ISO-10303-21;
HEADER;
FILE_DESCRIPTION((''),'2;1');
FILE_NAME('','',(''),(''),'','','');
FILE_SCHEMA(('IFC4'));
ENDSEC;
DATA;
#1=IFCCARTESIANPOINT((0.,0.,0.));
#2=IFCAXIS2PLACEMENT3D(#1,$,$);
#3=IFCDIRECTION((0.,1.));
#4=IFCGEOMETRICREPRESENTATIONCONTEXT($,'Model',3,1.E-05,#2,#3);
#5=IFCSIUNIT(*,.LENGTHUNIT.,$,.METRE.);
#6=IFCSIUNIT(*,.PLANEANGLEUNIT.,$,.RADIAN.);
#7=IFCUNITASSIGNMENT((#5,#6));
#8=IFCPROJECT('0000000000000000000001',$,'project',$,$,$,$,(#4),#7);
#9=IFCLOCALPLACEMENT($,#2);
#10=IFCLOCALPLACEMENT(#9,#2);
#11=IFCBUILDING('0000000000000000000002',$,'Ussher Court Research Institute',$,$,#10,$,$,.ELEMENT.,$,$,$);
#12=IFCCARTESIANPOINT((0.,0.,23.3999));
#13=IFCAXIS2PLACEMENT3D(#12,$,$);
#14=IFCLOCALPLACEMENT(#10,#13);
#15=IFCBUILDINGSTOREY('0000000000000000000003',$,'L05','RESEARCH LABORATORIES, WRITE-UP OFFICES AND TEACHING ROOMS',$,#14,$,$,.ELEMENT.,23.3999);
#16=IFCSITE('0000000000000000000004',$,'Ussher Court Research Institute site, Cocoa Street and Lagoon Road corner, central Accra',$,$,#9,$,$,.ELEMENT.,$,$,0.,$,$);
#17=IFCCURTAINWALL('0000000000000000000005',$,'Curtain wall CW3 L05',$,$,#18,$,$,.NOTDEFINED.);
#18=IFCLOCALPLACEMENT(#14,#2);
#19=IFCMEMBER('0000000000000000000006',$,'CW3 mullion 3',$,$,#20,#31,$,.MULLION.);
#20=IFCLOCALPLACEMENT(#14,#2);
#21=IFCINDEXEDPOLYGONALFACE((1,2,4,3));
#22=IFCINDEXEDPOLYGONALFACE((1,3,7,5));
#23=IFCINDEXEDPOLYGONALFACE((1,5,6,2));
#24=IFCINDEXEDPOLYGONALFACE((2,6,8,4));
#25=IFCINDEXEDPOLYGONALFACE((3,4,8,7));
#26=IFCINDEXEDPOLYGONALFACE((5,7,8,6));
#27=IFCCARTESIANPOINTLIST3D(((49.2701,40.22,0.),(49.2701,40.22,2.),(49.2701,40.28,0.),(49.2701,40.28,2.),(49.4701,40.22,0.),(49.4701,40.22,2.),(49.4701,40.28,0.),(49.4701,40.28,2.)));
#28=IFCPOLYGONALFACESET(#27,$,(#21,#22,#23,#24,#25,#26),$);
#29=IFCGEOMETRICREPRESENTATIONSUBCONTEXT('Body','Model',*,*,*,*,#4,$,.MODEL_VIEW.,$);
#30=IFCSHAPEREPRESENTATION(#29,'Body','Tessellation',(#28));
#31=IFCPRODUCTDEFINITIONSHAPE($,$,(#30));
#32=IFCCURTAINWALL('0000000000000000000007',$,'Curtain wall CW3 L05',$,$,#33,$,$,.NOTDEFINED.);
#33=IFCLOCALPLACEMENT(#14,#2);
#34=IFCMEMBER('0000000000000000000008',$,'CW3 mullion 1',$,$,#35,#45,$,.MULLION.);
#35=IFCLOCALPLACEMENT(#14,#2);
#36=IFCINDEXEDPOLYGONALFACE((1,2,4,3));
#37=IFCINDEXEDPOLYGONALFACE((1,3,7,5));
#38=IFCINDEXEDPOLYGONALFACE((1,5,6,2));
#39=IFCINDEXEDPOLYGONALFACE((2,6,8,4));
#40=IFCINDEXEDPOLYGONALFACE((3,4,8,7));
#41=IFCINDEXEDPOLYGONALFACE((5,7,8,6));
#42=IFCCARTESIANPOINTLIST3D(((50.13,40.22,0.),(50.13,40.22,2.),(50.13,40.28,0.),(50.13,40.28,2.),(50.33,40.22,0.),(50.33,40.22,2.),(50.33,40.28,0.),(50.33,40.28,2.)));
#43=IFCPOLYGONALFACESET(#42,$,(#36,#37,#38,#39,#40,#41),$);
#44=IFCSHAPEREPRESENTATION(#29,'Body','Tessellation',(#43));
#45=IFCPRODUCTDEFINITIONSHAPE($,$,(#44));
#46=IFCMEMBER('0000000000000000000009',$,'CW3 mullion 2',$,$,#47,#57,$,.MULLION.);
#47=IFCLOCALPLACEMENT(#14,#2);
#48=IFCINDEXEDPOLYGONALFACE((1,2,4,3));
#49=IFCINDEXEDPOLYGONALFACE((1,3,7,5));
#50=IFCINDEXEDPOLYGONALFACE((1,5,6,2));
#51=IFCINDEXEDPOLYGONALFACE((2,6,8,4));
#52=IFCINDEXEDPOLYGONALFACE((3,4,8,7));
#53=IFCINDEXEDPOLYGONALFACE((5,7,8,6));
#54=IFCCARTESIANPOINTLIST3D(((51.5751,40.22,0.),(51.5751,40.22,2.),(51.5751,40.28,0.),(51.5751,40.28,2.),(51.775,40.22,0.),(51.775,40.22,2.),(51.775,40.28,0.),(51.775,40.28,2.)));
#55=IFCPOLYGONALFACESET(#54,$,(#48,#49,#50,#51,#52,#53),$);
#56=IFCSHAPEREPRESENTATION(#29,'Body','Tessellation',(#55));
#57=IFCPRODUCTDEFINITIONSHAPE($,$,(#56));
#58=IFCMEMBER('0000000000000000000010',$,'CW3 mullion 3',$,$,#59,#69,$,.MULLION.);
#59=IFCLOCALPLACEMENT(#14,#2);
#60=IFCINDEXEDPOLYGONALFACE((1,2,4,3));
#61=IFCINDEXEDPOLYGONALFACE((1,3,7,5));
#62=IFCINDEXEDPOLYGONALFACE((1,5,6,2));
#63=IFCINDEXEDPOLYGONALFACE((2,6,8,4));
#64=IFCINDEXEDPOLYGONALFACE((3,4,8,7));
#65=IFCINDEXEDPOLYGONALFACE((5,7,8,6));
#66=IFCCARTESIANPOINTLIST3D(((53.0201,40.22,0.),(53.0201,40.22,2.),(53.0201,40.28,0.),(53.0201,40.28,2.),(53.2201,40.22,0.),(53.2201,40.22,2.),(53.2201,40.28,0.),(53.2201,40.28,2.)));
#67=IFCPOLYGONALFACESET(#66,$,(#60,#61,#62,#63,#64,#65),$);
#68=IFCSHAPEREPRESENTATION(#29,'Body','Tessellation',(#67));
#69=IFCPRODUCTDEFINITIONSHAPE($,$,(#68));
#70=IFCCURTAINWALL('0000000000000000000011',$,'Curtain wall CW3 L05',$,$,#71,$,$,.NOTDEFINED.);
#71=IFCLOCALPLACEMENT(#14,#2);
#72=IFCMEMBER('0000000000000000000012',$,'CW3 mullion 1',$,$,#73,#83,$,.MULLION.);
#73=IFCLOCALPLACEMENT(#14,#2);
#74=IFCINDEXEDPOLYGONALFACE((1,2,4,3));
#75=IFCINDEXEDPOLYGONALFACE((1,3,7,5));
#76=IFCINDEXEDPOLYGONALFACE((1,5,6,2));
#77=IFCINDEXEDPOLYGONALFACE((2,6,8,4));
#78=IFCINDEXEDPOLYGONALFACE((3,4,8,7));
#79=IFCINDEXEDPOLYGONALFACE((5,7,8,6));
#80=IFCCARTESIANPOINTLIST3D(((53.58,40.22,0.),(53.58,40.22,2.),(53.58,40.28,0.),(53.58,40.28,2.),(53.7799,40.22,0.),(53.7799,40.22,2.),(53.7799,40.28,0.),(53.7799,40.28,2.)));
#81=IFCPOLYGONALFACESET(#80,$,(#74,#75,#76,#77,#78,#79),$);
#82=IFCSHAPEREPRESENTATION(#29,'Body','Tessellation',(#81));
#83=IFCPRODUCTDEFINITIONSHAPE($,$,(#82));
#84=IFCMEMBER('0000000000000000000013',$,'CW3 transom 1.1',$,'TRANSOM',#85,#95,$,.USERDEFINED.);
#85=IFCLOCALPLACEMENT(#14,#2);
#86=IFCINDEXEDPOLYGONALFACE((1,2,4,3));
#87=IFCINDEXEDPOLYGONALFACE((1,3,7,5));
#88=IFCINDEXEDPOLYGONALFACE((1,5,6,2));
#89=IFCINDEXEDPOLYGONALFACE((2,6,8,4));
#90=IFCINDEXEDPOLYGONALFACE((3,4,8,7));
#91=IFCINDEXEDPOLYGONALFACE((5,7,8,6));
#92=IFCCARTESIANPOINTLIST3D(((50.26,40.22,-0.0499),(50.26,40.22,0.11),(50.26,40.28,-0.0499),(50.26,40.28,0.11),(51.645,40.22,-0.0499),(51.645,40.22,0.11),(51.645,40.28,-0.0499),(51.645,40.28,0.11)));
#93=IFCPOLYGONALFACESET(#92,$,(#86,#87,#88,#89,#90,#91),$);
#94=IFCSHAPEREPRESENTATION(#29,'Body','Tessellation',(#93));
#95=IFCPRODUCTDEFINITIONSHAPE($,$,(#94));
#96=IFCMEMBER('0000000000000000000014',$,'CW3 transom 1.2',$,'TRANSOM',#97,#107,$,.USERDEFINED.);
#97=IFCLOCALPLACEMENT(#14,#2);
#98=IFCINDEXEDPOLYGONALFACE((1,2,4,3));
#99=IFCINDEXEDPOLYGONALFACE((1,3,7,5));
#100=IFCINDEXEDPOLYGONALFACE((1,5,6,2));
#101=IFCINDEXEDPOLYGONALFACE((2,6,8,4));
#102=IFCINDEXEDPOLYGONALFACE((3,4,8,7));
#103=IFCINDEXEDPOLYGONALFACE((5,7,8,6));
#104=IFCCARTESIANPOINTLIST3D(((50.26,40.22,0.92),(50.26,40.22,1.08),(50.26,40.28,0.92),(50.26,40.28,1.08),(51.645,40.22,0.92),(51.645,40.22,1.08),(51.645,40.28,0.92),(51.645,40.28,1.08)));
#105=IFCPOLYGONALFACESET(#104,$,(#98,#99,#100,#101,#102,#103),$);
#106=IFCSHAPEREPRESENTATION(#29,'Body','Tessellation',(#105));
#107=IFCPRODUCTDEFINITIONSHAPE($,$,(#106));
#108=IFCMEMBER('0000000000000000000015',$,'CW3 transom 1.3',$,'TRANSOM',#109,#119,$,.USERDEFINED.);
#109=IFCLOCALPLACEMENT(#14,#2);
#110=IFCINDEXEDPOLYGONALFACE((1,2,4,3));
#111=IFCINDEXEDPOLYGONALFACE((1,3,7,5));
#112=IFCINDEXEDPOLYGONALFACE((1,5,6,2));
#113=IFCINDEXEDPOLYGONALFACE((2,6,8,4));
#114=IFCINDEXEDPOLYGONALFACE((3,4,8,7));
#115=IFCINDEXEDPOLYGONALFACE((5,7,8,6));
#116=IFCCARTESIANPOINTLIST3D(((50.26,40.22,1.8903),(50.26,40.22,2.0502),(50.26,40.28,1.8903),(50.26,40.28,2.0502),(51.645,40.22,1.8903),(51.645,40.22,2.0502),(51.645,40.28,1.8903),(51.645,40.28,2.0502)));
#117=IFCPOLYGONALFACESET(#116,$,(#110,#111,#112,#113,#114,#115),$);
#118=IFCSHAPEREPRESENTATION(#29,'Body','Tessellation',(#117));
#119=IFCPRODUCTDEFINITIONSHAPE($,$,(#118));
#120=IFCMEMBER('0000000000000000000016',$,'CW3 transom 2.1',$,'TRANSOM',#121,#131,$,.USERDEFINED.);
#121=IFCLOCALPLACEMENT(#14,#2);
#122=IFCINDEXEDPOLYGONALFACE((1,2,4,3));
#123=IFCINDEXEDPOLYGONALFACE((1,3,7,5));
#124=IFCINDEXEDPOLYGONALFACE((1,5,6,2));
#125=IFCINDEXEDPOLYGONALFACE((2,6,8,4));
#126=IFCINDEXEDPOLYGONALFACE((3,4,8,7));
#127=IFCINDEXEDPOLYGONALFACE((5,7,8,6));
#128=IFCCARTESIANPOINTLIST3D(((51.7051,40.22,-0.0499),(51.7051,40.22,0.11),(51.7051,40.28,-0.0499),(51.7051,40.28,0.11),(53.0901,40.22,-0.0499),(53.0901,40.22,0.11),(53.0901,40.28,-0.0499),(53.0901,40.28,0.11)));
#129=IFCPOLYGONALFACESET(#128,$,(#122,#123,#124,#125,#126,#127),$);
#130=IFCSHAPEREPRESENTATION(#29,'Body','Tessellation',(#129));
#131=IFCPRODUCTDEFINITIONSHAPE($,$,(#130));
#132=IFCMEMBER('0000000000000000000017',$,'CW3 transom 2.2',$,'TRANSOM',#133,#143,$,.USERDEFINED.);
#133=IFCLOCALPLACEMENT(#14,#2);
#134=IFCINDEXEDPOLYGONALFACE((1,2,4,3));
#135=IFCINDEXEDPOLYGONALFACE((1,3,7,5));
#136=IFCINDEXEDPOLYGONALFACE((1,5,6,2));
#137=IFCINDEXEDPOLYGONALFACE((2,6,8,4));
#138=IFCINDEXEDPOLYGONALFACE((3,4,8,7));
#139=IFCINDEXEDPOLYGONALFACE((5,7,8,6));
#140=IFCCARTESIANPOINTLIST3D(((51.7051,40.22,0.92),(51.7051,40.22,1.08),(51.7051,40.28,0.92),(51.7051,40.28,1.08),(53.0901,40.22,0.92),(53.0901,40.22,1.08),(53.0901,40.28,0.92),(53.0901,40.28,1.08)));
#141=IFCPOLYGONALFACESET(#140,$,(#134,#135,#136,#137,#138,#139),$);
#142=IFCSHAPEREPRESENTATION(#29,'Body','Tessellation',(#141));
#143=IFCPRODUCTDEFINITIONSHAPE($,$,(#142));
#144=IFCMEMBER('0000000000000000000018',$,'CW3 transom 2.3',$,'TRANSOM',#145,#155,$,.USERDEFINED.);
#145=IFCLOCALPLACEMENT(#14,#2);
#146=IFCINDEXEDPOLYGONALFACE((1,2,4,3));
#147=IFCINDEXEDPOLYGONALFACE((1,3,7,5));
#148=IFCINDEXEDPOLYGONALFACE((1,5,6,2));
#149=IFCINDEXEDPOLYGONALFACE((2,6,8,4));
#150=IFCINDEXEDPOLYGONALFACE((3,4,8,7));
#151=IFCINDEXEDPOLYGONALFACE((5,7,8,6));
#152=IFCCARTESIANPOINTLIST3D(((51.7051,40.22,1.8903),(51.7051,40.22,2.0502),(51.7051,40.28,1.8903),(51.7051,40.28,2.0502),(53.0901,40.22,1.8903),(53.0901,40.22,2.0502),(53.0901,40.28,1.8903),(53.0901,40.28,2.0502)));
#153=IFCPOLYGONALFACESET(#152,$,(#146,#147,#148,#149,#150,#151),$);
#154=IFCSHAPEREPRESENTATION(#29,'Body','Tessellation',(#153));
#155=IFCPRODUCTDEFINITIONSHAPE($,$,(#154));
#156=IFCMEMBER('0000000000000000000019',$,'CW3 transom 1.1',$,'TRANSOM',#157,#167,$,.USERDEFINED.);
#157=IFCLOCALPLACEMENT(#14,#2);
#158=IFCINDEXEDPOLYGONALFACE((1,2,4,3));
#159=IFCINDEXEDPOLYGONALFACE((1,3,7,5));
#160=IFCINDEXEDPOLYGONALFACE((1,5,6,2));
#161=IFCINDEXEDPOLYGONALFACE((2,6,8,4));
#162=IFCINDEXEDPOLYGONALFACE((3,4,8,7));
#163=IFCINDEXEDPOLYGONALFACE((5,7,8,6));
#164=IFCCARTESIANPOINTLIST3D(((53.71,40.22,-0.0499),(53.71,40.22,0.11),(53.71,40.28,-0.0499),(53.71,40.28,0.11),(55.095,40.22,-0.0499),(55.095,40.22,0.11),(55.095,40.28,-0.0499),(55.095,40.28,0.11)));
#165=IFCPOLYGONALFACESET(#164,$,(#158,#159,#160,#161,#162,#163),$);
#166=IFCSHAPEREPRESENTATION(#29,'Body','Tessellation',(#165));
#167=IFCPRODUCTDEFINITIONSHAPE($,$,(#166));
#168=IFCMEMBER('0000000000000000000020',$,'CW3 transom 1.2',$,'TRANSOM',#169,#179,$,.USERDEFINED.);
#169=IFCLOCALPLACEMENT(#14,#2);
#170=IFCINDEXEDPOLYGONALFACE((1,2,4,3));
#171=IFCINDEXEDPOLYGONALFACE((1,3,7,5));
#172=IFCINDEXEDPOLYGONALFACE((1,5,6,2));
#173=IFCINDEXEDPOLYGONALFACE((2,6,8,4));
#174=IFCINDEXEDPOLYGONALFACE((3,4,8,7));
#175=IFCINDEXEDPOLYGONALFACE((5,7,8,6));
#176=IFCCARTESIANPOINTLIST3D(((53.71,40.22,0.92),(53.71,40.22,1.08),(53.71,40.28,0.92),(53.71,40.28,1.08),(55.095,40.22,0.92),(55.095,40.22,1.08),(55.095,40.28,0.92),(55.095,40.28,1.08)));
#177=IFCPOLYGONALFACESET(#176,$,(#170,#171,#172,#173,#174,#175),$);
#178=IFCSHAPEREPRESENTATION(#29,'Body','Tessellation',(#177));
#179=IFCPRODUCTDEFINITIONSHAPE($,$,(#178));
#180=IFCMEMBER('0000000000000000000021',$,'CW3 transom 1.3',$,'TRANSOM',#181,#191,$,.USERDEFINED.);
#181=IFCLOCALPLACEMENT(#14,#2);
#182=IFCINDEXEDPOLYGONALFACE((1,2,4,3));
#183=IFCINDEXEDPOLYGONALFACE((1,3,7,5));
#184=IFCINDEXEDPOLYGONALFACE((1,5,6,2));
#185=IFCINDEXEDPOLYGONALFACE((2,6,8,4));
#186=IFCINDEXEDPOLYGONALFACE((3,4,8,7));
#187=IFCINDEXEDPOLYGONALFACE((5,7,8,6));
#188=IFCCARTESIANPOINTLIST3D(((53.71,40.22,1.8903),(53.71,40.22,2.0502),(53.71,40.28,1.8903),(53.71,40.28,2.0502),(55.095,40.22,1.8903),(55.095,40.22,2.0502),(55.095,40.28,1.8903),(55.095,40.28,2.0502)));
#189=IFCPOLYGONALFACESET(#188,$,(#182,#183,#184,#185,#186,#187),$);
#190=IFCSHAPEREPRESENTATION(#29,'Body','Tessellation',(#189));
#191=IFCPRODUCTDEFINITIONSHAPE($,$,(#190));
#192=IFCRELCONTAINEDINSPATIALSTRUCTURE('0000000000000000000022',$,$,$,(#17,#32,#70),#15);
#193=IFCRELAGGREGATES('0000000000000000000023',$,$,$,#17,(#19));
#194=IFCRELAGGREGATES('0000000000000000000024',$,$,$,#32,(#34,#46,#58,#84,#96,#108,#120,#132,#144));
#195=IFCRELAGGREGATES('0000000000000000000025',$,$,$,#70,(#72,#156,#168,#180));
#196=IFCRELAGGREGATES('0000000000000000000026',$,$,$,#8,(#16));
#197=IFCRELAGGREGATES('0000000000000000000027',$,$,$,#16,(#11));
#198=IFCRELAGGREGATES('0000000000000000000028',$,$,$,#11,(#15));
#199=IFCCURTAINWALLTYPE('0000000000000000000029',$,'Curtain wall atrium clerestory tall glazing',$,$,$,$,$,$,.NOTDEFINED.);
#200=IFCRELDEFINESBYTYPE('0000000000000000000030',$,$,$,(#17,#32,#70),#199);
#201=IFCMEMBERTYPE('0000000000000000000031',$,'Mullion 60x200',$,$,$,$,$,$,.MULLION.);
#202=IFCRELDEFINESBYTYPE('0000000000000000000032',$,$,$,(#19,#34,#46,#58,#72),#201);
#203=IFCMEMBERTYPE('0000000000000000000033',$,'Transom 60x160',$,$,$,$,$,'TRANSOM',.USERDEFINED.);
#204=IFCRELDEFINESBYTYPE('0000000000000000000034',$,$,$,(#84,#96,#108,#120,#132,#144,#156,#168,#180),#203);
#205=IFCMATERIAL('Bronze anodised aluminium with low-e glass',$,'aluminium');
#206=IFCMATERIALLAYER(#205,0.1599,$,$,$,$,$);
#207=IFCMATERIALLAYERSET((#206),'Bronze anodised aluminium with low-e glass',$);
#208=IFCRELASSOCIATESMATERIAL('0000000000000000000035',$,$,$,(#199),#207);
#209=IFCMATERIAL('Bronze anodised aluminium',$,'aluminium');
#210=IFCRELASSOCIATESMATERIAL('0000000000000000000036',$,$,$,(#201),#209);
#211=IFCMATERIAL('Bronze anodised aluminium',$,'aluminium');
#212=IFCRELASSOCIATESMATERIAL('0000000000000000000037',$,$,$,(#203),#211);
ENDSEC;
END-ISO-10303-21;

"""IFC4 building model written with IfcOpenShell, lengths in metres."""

from ifc_helpers import new_model, si_unit, direction, frame, origin, origin_2d, place, context, subcontext, project, spatial, rectangle, extrude, material, layer, layer_set, material_profile, profile_set, type_object, element, aggregate, save


model = new_model("IFC4")

# Units and contexts
model_context = context("Model", 3, precision=1e-05, world=origin(), true_north=direction((0.0, 1.0)))
body_context = subcontext(model_context, "Body", "Model", "MODEL_VIEW")
ifc_project = project(units=[si_unit("LENGTHUNIT", "METRE"), si_unit("PLANEANGLEUNIT", "RADIAN")], contexts=[model_context])

# Site, building, storey
site_placement = place(None, origin())
site = spatial("IfcSite", under=ifc_project, at=site_placement, Name="Ussher Court Research Institute site, Cocoa Street and Lagoon Road corner, central Accra", CompositionType="ELEMENT", RefElevation=0.0)
building_placement = place(site_placement, origin())
building = spatial("IfcBuilding", under=site, at=building_placement, Name="Ussher Court Research Institute", CompositionType="ELEMENT")
storey_placement = place(building_placement, frame((0.0, 0.0, 23.3999)))
storey = spatial("IfcBuildingStorey", under=building, at=storey_placement, Name="L05", Description="RESEARCH LABORATORIES, WRITE-UP OFFICES AND TEACHING ROOMS", CompositionType="ELEMENT", Elevation=23.3999)

# Curtain wall, member
ifc_material_1 = material(Name="Bronze anodised aluminium with low-e glass", Category="aluminium")
ifc_layer_1 = layer(ifc_material_1, 0.1599)
ifc_layer_set_1 = layer_set([ifc_layer_1], Name="Bronze anodised aluminium with low-e glass")
curtain_wall_type = type_object("IfcCurtainWallType", Name="Curtain wall atrium clerestory tall glazing", PredefinedType="NOTDEFINED", material=ifc_layer_set_1)
curtain_wall_1_placement = place(storey_placement, origin())
curtain_wall_1 = element("IfcCurtainWall", 1, at=curtain_wall_1_placement, inside=storey, type_object=curtain_wall_type, Name="Curtain wall CW3 L05", PredefinedType="NOTDEFINED")
ifc_material_2 = material(Name="Bronze anodised aluminium", Category="aluminium")
ifc_material_profile_1 = material_profile(ifc_material_2, rectangle(XDim=0.0601, YDim=0.2, at=origin_2d()), Name="Mullion 60x200")
ifc_profile_set_1 = profile_set([ifc_material_profile_1], Name="Bronze anodised aluminium")
member_type_1 = type_object("IfcMemberType", Name="Mullion 60x200", PredefinedType="MULLION", material=ifc_profile_set_1)
member_1_placement = place(storey_placement, frame((49.3701, 40.25, 0.0), z_axis=(0.0, 0.0, 1.0), x_axis=(0.0, 1.0, 0.0)))
member_1 = element("IfcMember", 2, at=member_1_placement, type_object=member_type_1, Name="CW3 mullion 3", PredefinedType="MULLION", context=body_context, shape_type="SweptSolid", body=[
    extrude(rectangle(XDim=0.0601, YDim=0.2, at=origin_2d()), origin(), (0.0, 0.0, 1.0), 2.0),
])

# Curtain wall, members
curtain_wall_2_placement = place(storey_placement, origin())
curtain_wall_2 = element("IfcCurtainWall", 3, at=curtain_wall_2_placement, inside=storey, type_object=curtain_wall_type, Name="Curtain wall CW3 L05", PredefinedType="NOTDEFINED")
member_2_placement = place(storey_placement, frame((50.23, 40.25, 0.0), z_axis=(0.0, 0.0, 1.0), x_axis=(0.0, 1.0, 0.0)))
member_2 = element("IfcMember", 4, at=member_2_placement, type_object=member_type_1, Name="CW3 mullion 1", PredefinedType="MULLION", context=body_context, shape_type="SweptSolid", body=[
    extrude(rectangle(XDim=0.0601, YDim=0.2, at=origin_2d()), origin(), (0.0, 0.0, 1.0), 2.0),
])
member_3_placement = place(storey_placement, frame((51.675, 40.25, 0.0), z_axis=(0.0, 0.0, 1.0), x_axis=(0.0, 1.0, 0.0)))
member_3 = element("IfcMember", 5, at=member_3_placement, type_object=member_type_1, Name="CW3 mullion 2", PredefinedType="MULLION", context=body_context, shape_type="SweptSolid", body=[
    extrude(rectangle(XDim=0.0601, YDim=0.2, at=origin_2d()), origin(), (0.0, 0.0, 1.0), 2.0),
])
member_4_placement = place(storey_placement, frame((53.1201, 40.25, 0.0), z_axis=(0.0, 0.0, 1.0), x_axis=(0.0, 1.0, 0.0)))
member_4 = element("IfcMember", 6, at=member_4_placement, type_object=member_type_1, Name="CW3 mullion 3", PredefinedType="MULLION", context=body_context, shape_type="SweptSolid", body=[
    extrude(rectangle(XDim=0.0601, YDim=0.2, at=origin_2d()), origin(), (0.0, 0.0, 1.0), 2.0),
])

# Curtain wall, member
curtain_wall_3_placement = place(storey_placement, origin())
curtain_wall_3 = element("IfcCurtainWall", 7, at=curtain_wall_3_placement, inside=storey, type_object=curtain_wall_type, Name="Curtain wall CW3 L05", PredefinedType="NOTDEFINED")
member_5_placement = place(storey_placement, frame((53.6799, 40.25, 0.0), z_axis=(0.0, 0.0, 1.0), x_axis=(0.0, 1.0, 0.0)))
member_5 = element("IfcMember", 8, at=member_5_placement, type_object=member_type_1, Name="CW3 mullion 1", PredefinedType="MULLION", context=body_context, shape_type="SweptSolid", body=[
    extrude(rectangle(XDim=0.0601, YDim=0.2, at=origin_2d()), origin(), (0.0, 0.0, 1.0), 2.0),
])

# Members
ifc_material_3 = material(Name="Bronze anodised aluminium", Category="aluminium")
ifc_material_profile_2 = material_profile(ifc_material_3, rectangle(XDim=0.0601, YDim=0.1599, at=origin_2d()), Name="Transom 60x160")
ifc_profile_set_2 = profile_set([ifc_material_profile_2], Name="Bronze anodised aluminium")
member_type_2 = type_object("IfcMemberType", Name="Transom 60x160", ElementType="TRANSOM", PredefinedType="USERDEFINED", material=ifc_profile_set_2)
member_6_placement = place(storey_placement, frame((50.26, 40.25, 0.03), z_axis=(1.0, 0.0, 0.0), x_axis=(0.0, 1.0, 0.0)))
member_6 = element("IfcMember", 9, at=member_6_placement, type_object=member_type_2, Name="CW3 transom 1.1", ObjectType="TRANSOM", PredefinedType="USERDEFINED", context=body_context, shape_type="SweptSolid", body=[
    extrude(rectangle(XDim=0.0601, YDim=0.1599, at=origin_2d()), origin(), (0.0, 0.0, 1.0), 1.385),
])
member_7_placement = place(storey_placement, frame((50.26, 40.25, 1.0), z_axis=(1.0, 0.0, 0.0), x_axis=(0.0, 1.0, 0.0)))
member_7 = element("IfcMember", 10, at=member_7_placement, type_object=member_type_2, Name="CW3 transom 1.2", ObjectType="TRANSOM", PredefinedType="USERDEFINED", context=body_context, shape_type="SweptSolid", body=[
    extrude(rectangle(XDim=0.0601, YDim=0.1599, at=origin_2d()), origin(), (0.0, 0.0, 1.0), 1.385),
])
member_8_placement = place(storey_placement, frame((50.26, 40.25, 1.9702), z_axis=(1.0, 0.0, 0.0), x_axis=(0.0, 1.0, 0.0)))
member_8 = element("IfcMember", 11, at=member_8_placement, type_object=member_type_2, Name="CW3 transom 1.3", ObjectType="TRANSOM", PredefinedType="USERDEFINED", context=body_context, shape_type="SweptSolid", body=[
    extrude(rectangle(XDim=0.0601, YDim=0.1599, at=origin_2d()), origin(), (0.0, 0.0, 1.0), 1.385),
])
member_9_placement = place(storey_placement, frame((51.7051, 40.25, 0.03), z_axis=(1.0, 0.0, 0.0), x_axis=(0.0, 1.0, 0.0)))
member_9 = element("IfcMember", 12, at=member_9_placement, type_object=member_type_2, Name="CW3 transom 2.1", ObjectType="TRANSOM", PredefinedType="USERDEFINED", context=body_context, shape_type="SweptSolid", body=[
    extrude(rectangle(XDim=0.0601, YDim=0.1599, at=origin_2d()), origin(), (0.0, 0.0, 1.0), 1.385),
])
member_10_placement = place(storey_placement, frame((51.7051, 40.25, 1.0), z_axis=(1.0, 0.0, 0.0), x_axis=(0.0, 1.0, 0.0)))
member_10 = element("IfcMember", 13, at=member_10_placement, type_object=member_type_2, Name="CW3 transom 2.2", ObjectType="TRANSOM", PredefinedType="USERDEFINED", context=body_context, shape_type="SweptSolid", body=[
    extrude(rectangle(XDim=0.0601, YDim=0.1599, at=origin_2d()), origin(), (0.0, 0.0, 1.0), 1.385),
])
member_11_placement = place(storey_placement, frame((51.7051, 40.25, 1.9702), z_axis=(1.0, 0.0, 0.0), x_axis=(0.0, 1.0, 0.0)))
member_11 = element("IfcMember", 14, at=member_11_placement, type_object=member_type_2, Name="CW3 transom 2.3", ObjectType="TRANSOM", PredefinedType="USERDEFINED", context=body_context, shape_type="SweptSolid", body=[
    extrude(rectangle(XDim=0.0601, YDim=0.1599, at=origin_2d()), origin(), (0.0, 0.0, 1.0), 1.385),
])
member_12_placement = place(storey_placement, frame((53.71, 40.25, 0.03), z_axis=(1.0, 0.0, 0.0), x_axis=(0.0, 1.0, 0.0)))
member_12 = element("IfcMember", 15, at=member_12_placement, type_object=member_type_2, Name="CW3 transom 1.1", ObjectType="TRANSOM", PredefinedType="USERDEFINED", context=body_context, shape_type="SweptSolid", body=[
    extrude(rectangle(XDim=0.0601, YDim=0.1599, at=origin_2d()), origin(), (0.0, 0.0, 1.0), 1.385),
])
member_13_placement = place(storey_placement, frame((53.71, 40.25, 1.0), z_axis=(1.0, 0.0, 0.0), x_axis=(0.0, 1.0, 0.0)))
member_13 = element("IfcMember", 16, at=member_13_placement, type_object=member_type_2, Name="CW3 transom 1.2", ObjectType="TRANSOM", PredefinedType="USERDEFINED", context=body_context, shape_type="SweptSolid", body=[
    extrude(rectangle(XDim=0.0601, YDim=0.1599, at=origin_2d()), origin(), (0.0, 0.0, 1.0), 1.385),
])
member_14_placement = place(storey_placement, frame((53.71, 40.25, 1.9702), z_axis=(1.0, 0.0, 0.0), x_axis=(0.0, 1.0, 0.0)))
member_14 = element("IfcMember", 17, at=member_14_placement, type_object=member_type_2, Name="CW3 transom 1.3", ObjectType="TRANSOM", PredefinedType="USERDEFINED", context=body_context, shape_type="SweptSolid", body=[
    extrude(rectangle(XDim=0.0601, YDim=0.1599, at=origin_2d()), origin(), (0.0, 0.0, 1.0), 1.385),
])

aggregate(curtain_wall_1, [member_1])
aggregate(curtain_wall_2, [member_2, member_3, member_4, member_6, member_7, member_8, member_9, member_10, member_11])
aggregate(curtain_wall_3, [member_5, member_12, member_13, member_14])

save(model, "model.ifc")
